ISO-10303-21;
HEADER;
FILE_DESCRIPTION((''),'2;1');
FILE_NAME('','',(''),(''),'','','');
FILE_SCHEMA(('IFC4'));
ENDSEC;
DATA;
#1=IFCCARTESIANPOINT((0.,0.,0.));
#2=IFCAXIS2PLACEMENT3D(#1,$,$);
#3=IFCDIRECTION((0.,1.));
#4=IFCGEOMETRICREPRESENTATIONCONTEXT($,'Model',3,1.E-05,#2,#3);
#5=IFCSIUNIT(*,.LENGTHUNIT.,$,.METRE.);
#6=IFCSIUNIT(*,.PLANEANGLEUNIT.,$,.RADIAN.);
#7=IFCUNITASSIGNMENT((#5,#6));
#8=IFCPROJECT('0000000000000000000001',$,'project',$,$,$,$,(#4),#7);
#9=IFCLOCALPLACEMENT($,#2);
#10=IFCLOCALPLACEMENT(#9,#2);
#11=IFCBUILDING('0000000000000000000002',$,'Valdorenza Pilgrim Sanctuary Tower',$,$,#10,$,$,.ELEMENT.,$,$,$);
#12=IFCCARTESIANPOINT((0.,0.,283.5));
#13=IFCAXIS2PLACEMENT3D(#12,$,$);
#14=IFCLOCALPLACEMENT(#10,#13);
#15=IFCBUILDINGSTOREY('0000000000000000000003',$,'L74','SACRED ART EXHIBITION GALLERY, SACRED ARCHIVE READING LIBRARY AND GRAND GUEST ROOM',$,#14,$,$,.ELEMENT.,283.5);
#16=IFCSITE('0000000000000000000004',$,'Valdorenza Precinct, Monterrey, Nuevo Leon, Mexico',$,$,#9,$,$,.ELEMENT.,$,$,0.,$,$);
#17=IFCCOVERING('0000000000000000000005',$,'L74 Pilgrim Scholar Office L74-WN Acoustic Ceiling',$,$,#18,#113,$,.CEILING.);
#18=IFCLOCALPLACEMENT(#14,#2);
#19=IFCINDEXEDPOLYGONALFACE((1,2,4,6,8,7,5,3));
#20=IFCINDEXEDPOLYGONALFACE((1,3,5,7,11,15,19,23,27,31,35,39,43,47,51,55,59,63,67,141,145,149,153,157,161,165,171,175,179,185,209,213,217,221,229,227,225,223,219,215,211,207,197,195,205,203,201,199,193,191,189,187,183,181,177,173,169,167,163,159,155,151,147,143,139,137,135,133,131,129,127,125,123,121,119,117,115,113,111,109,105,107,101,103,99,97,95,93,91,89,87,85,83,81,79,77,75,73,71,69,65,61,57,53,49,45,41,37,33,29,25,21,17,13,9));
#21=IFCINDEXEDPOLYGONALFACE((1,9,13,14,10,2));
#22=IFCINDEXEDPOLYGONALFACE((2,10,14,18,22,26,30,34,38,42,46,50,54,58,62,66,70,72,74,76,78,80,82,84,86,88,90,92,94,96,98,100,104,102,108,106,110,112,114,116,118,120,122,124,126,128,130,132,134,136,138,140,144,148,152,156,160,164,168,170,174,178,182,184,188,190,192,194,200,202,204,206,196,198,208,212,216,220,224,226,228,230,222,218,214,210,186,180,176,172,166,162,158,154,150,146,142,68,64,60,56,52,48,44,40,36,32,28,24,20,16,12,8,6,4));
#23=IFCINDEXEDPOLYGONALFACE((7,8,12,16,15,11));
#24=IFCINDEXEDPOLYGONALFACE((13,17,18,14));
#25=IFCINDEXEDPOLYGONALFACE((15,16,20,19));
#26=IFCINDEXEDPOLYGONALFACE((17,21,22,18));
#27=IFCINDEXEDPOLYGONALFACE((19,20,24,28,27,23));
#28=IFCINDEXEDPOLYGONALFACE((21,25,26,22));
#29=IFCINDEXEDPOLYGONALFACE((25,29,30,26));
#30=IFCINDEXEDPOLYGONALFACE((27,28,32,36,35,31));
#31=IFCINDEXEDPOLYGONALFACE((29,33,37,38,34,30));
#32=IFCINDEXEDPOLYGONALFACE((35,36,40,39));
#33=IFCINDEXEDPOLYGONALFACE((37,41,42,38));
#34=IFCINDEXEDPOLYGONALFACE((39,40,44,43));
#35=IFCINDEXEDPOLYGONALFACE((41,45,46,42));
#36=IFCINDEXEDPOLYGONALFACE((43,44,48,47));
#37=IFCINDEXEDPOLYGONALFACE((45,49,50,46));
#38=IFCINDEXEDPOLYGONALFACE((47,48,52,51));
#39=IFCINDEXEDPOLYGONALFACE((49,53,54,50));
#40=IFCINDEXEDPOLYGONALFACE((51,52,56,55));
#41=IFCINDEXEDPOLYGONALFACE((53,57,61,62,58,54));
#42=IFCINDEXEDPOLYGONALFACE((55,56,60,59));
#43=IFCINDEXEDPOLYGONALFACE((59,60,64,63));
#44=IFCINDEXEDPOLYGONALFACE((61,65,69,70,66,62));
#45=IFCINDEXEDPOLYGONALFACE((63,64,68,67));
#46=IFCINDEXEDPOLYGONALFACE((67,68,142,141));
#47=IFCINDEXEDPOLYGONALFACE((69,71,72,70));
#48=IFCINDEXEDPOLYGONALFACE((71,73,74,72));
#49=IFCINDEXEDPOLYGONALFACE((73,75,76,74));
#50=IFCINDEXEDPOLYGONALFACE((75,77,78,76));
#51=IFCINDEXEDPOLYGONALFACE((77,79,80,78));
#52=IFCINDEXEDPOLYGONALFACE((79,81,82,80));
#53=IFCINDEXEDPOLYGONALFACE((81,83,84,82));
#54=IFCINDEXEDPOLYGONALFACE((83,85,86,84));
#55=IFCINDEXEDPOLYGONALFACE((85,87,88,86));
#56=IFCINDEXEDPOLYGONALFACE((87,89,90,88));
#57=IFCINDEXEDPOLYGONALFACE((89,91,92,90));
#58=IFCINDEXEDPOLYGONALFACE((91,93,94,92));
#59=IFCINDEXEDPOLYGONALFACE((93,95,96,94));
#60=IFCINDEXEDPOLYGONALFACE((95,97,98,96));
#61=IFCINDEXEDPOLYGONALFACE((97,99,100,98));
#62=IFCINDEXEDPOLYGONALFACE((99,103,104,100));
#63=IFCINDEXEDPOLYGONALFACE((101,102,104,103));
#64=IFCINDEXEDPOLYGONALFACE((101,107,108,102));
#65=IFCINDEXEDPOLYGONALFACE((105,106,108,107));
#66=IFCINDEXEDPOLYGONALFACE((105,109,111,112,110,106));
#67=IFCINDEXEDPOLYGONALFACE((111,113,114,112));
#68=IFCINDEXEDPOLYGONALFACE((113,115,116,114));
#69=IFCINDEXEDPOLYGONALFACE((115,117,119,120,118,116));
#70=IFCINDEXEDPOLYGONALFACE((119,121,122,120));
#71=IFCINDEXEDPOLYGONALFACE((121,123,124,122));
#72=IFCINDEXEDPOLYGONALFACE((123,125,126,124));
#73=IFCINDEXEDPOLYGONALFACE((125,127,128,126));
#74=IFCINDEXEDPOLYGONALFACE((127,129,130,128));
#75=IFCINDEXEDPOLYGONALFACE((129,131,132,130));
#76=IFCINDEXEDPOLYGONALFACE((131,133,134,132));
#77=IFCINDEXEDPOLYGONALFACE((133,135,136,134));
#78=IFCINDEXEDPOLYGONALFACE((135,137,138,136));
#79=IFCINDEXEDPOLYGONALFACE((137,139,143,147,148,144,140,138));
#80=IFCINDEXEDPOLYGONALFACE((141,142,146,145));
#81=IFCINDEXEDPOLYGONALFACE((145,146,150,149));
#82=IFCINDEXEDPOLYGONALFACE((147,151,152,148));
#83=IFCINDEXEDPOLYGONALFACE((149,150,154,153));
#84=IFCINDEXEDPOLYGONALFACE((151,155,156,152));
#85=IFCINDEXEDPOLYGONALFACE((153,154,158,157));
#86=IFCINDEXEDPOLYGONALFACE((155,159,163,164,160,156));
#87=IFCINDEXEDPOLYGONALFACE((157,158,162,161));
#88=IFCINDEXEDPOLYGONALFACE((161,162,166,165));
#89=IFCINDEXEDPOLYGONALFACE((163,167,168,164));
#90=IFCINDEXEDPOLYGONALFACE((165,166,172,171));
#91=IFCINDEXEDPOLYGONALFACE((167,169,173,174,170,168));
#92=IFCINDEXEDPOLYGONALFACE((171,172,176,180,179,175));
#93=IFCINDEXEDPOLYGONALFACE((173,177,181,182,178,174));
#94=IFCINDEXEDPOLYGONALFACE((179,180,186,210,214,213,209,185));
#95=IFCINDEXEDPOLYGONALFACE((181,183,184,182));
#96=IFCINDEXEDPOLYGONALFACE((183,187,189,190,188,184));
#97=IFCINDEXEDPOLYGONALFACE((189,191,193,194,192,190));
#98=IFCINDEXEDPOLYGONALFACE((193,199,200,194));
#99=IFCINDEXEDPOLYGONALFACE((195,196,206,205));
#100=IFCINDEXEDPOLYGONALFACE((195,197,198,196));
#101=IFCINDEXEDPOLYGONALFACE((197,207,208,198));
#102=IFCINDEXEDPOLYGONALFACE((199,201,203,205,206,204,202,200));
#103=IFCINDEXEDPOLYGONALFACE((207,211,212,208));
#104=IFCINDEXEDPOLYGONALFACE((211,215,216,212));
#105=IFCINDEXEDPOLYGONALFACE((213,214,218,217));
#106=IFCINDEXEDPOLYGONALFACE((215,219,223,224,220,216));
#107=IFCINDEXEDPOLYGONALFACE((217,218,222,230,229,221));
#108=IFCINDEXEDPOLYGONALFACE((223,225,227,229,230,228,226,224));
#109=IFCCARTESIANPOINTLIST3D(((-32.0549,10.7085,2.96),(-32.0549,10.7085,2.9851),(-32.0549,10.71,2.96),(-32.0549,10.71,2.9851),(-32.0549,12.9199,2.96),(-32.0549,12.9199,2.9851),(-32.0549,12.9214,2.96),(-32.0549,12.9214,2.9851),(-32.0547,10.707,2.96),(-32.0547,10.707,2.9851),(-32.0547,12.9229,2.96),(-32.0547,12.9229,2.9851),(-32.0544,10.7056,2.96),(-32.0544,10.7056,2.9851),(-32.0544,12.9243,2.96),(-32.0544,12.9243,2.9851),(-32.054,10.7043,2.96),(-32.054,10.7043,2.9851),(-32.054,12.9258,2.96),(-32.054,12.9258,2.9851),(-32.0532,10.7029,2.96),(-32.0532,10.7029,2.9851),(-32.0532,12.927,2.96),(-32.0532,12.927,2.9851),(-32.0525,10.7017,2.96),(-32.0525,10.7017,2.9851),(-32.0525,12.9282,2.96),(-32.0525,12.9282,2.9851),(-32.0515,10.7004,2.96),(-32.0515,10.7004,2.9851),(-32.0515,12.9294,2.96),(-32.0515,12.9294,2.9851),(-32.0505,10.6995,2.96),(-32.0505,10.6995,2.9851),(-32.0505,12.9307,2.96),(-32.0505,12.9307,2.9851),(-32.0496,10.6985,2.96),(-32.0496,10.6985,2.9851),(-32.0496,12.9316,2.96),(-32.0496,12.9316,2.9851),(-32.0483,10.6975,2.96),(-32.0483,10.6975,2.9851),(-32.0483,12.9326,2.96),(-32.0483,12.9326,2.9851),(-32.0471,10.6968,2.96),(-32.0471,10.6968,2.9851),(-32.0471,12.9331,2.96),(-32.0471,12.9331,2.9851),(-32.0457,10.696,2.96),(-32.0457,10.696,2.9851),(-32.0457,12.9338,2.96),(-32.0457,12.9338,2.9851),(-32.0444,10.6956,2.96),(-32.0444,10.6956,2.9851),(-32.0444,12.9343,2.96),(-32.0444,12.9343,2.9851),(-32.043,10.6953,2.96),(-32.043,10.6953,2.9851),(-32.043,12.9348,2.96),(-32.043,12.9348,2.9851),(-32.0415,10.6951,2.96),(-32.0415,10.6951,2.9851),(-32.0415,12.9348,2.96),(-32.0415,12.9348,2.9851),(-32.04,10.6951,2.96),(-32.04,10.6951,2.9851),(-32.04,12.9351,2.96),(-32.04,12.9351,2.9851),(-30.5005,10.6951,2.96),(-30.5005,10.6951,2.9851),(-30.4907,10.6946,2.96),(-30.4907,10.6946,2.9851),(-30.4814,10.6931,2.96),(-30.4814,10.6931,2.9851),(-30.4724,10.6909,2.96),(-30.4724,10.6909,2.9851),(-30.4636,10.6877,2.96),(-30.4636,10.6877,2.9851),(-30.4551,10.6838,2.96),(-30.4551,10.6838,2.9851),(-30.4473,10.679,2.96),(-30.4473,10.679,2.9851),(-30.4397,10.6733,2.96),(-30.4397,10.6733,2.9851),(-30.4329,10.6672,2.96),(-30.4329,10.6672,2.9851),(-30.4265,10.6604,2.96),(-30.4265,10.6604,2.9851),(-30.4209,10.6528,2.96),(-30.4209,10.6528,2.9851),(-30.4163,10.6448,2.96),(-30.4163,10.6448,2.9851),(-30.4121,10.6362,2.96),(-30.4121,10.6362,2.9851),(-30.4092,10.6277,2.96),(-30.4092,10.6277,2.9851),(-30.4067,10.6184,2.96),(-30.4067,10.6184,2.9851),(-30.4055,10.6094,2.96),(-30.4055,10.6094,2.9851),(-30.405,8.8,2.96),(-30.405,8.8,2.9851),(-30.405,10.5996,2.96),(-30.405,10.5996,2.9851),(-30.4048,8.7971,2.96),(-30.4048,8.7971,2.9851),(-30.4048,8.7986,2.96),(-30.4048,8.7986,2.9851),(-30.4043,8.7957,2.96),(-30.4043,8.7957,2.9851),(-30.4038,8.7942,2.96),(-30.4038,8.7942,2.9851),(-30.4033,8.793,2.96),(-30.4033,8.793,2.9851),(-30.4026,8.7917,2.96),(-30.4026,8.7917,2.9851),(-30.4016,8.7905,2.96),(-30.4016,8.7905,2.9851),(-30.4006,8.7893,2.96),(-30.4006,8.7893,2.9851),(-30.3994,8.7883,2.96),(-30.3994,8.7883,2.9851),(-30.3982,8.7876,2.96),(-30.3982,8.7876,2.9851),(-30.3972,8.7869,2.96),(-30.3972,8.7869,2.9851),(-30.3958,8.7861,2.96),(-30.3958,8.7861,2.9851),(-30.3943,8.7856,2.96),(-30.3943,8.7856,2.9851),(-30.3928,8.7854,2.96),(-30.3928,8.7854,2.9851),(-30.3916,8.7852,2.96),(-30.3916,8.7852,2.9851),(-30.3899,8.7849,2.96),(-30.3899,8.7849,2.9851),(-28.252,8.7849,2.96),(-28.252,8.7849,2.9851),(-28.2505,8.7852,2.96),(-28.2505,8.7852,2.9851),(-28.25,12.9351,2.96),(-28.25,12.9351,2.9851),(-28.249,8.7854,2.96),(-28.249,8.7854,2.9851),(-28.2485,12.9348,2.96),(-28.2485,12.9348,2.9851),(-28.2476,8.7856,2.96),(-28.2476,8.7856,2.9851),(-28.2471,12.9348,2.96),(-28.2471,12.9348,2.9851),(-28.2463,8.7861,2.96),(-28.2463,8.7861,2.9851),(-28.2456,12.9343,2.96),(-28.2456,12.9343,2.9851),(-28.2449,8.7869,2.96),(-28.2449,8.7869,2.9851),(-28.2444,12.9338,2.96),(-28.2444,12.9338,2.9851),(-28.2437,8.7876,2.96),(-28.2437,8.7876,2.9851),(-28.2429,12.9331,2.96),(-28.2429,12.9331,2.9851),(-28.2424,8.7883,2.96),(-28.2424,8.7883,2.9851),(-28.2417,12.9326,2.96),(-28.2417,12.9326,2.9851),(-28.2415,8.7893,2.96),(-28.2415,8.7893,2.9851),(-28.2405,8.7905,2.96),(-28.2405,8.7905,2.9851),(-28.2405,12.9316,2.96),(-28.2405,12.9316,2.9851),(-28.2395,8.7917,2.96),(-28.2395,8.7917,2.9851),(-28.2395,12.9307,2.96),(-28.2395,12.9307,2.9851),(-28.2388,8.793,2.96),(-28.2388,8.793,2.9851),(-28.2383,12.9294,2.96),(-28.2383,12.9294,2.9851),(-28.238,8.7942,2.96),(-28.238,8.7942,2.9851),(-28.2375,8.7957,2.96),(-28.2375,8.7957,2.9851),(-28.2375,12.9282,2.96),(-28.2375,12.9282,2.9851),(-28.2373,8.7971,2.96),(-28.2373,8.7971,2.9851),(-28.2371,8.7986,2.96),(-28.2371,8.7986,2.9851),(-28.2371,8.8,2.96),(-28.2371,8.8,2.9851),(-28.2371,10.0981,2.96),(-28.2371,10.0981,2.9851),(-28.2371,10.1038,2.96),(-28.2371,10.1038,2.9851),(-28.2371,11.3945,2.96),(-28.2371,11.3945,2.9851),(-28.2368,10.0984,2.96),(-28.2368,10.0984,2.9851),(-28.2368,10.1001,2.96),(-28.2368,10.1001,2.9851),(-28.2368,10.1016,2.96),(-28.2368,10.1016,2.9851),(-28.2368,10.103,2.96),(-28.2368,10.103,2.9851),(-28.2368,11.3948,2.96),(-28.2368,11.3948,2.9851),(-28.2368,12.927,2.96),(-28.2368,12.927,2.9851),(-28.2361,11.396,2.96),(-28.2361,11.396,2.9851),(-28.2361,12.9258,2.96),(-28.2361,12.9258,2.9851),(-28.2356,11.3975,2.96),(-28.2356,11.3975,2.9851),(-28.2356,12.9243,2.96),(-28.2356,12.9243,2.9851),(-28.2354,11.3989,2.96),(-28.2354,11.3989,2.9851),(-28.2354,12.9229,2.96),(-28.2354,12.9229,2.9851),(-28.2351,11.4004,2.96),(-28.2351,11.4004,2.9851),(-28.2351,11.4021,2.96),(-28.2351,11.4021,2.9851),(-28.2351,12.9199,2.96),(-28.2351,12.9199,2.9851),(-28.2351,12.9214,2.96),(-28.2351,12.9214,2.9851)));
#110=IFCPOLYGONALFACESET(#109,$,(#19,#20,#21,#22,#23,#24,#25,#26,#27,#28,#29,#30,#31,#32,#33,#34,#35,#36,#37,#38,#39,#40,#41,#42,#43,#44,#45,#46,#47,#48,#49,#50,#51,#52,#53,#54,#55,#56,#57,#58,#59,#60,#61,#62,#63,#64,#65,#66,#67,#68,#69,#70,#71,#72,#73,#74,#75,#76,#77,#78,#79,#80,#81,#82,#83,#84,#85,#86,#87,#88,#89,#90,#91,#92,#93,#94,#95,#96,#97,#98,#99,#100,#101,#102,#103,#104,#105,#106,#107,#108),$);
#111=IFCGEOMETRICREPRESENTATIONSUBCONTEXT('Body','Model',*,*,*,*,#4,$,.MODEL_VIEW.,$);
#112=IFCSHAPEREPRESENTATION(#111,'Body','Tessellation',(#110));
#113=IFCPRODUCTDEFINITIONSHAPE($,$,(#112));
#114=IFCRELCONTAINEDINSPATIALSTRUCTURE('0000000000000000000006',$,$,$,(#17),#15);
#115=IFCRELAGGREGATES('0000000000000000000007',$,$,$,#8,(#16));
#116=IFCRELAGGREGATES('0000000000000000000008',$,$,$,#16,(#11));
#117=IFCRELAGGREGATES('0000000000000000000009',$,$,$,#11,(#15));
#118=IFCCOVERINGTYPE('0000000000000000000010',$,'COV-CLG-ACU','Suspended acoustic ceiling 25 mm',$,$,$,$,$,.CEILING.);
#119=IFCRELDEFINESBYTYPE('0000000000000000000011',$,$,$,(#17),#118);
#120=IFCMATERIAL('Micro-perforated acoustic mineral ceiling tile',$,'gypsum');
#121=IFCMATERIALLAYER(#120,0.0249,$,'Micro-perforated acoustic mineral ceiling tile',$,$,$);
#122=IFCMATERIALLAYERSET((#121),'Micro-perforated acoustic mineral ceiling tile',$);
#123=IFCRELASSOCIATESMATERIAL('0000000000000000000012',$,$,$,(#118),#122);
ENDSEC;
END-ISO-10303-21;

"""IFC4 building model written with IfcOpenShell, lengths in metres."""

from ifc_helpers import new_model, si_unit, direction, frame, origin, place, context, subcontext, project, spatial, polyline, outline, extrude, material, layer, layer_set, type_object, element, save


model = new_model("IFC4")

# Units and contexts
model_context = context("Model", 3, precision=1e-05, world=origin(), true_north=direction((0.0, 1.0)))
body_context = subcontext(model_context, "Body", "Model", "MODEL_VIEW")
ifc_project = project(units=[si_unit("LENGTHUNIT", "METRE"), si_unit("PLANEANGLEUNIT", "RADIAN")], contexts=[model_context])

# Site, building, storey
site_placement = place(None, origin())
site = spatial("IfcSite", under=ifc_project, at=site_placement, Name="Valdorenza Precinct, Monterrey, Nuevo Leon, Mexico", CompositionType="ELEMENT", RefElevation=0.0)
building_placement = place(site_placement, origin())
building = spatial("IfcBuilding", under=site, at=building_placement, Name="Valdorenza Pilgrim Sanctuary Tower", CompositionType="ELEMENT")
storey_placement = place(building_placement, frame((0.0, 0.0, 283.5)))
storey = spatial("IfcBuildingStorey", under=building, at=storey_placement, Name="L74", Description="SACRED ART EXHIBITION GALLERY, SACRED ARCHIVE READING LIBRARY AND GRAND GUEST ROOM", CompositionType="ELEMENT", Elevation=283.5)

# Covering
ifc_material_1 = material(Name="Micro-perforated acoustic mineral ceiling tile", Category="gypsum")
ifc_layer_1 = layer(ifc_material_1, 0.0249, Name="Micro-perforated acoustic mineral ceiling tile")
ifc_layer_set_1 = layer_set([ifc_layer_1], Name="Micro-perforated acoustic mineral ceiling tile")
covering_type_1 = type_object("IfcCoveringType", Name="COV-CLG-ACU", Description="Suspended acoustic ceiling 25 mm", PredefinedType="CEILING", material=ifc_layer_set_1)
covering_1_placement = place(storey_placement, frame((0.0, 0.0, 2.96)))
element("IfcCovering", 1, at=covering_1_placement, inside=storey, type_object=covering_type_1, Name="L74 Pilgrim Scholar Office L74-WN Acoustic Ceiling", PredefinedType="CEILING", context=body_context, shape_type="SweptSolid", body=[
    extrude(outline(polyline([(-28.2371, 11.3945), (-28.2371, 10.1038), (-28.2368, 10.103), (-28.2368, 10.1016), (-28.2368, 10.1001), (-28.2368, 10.0984), (-28.2371, 10.0981), (-28.2371, 8.8), (-28.2371, 8.7986), (-28.2373, 8.7971), (-28.2375, 8.7957), (-28.238, 8.7942), (-28.2388, 8.793), (-28.2395, 8.7917), (-28.2405, 8.7905), (-28.2415, 8.7893), (-28.2424, 8.7883), (-28.2437, 8.7876), (-28.2449, 8.7869), (-28.2463, 8.7861), (-28.2476, 8.7856), (-28.249, 8.7854), (-28.2505, 8.7852), (-28.252, 8.7849), (-30.3899, 8.7849), (-30.3916, 8.7852), (-30.3928, 8.7854), (-30.3943, 8.7856), (-30.3958, 8.7861), (-30.3972, 8.7869), (-30.3982, 8.7876), (-30.3994, 8.7883), (-30.4006, 8.7893), (-30.4016, 8.7905), (-30.4026, 8.7917), (-30.4033, 8.793), (-30.4038, 8.7942), (-30.4043, 8.7957), (-30.4048, 8.7971), (-30.4048, 8.7986), (-30.405, 8.8), (-30.405, 10.5996), (-30.4055, 10.6094), (-30.4067, 10.6184), (-30.4092, 10.6277), (-30.4121, 10.6362), (-30.4163, 10.6448), (-30.4209, 10.6528), (-30.4265, 10.6604), (-30.4329, 10.6672), (-30.4397, 10.6733), (-30.4473, 10.679), (-30.4551, 10.6838), (-30.4636, 10.6877), (-30.4724, 10.6909), (-30.4814, 10.6931), (-30.4907, 10.6946), (-30.5005, 10.6951), (-32.04, 10.6951), (-32.0415, 10.6951), (-32.043, 10.6953), (-32.0444, 10.6956), (-32.0457, 10.696), (-32.0471, 10.6968), (-32.0483, 10.6975), (-32.0496, 10.6985), (-32.0505, 10.6995), (-32.0515, 10.7004), (-32.0525, 10.7017), (-32.0532, 10.7029), (-32.054, 10.7043), (-32.0544, 10.7056), (-32.0547, 10.707), (-32.0549, 10.7085), (-32.0549, 10.71), (-32.0549, 12.9199), (-32.0549, 12.9214), (-32.0547, 12.9229), (-32.0544, 12.9243), (-32.054, 12.9258), (-32.0532, 12.927), (-32.0525, 12.9282), (-32.0515, 12.9294), (-32.0505, 12.9307), (-32.0496, 12.9316), (-32.0483, 12.9326), (-32.0471, 12.9331), (-32.0457, 12.9338), (-32.0444, 12.9343), (-32.043, 12.9348), (-32.0415, 12.9348), (-32.04, 12.9351), (-28.25, 12.9351), (-28.2485, 12.9348), (-28.2471, 12.9348), (-28.2456, 12.9343), (-28.2444, 12.9338), (-28.2429, 12.9331), (-28.2417, 12.9326), (-28.2405, 12.9316), (-28.2395, 12.9307), (-28.2383, 12.9294), (-28.2375, 12.9282), (-28.2368, 12.927), (-28.2361, 12.9258), (-28.2356, 12.9243), (-28.2354, 12.9229), (-28.2351, 12.9214), (-28.2351, 12.9199), (-28.2351, 11.4021), (-28.2351, 11.4004), (-28.2354, 11.3989), (-28.2356, 11.3975), (-28.2361, 11.396), (-28.2368, 11.3948), (-28.2371, 11.3945)])), origin(), (0.0, 0.0, 1.0), 0.0251),
])

save(model, "model.ifc")
